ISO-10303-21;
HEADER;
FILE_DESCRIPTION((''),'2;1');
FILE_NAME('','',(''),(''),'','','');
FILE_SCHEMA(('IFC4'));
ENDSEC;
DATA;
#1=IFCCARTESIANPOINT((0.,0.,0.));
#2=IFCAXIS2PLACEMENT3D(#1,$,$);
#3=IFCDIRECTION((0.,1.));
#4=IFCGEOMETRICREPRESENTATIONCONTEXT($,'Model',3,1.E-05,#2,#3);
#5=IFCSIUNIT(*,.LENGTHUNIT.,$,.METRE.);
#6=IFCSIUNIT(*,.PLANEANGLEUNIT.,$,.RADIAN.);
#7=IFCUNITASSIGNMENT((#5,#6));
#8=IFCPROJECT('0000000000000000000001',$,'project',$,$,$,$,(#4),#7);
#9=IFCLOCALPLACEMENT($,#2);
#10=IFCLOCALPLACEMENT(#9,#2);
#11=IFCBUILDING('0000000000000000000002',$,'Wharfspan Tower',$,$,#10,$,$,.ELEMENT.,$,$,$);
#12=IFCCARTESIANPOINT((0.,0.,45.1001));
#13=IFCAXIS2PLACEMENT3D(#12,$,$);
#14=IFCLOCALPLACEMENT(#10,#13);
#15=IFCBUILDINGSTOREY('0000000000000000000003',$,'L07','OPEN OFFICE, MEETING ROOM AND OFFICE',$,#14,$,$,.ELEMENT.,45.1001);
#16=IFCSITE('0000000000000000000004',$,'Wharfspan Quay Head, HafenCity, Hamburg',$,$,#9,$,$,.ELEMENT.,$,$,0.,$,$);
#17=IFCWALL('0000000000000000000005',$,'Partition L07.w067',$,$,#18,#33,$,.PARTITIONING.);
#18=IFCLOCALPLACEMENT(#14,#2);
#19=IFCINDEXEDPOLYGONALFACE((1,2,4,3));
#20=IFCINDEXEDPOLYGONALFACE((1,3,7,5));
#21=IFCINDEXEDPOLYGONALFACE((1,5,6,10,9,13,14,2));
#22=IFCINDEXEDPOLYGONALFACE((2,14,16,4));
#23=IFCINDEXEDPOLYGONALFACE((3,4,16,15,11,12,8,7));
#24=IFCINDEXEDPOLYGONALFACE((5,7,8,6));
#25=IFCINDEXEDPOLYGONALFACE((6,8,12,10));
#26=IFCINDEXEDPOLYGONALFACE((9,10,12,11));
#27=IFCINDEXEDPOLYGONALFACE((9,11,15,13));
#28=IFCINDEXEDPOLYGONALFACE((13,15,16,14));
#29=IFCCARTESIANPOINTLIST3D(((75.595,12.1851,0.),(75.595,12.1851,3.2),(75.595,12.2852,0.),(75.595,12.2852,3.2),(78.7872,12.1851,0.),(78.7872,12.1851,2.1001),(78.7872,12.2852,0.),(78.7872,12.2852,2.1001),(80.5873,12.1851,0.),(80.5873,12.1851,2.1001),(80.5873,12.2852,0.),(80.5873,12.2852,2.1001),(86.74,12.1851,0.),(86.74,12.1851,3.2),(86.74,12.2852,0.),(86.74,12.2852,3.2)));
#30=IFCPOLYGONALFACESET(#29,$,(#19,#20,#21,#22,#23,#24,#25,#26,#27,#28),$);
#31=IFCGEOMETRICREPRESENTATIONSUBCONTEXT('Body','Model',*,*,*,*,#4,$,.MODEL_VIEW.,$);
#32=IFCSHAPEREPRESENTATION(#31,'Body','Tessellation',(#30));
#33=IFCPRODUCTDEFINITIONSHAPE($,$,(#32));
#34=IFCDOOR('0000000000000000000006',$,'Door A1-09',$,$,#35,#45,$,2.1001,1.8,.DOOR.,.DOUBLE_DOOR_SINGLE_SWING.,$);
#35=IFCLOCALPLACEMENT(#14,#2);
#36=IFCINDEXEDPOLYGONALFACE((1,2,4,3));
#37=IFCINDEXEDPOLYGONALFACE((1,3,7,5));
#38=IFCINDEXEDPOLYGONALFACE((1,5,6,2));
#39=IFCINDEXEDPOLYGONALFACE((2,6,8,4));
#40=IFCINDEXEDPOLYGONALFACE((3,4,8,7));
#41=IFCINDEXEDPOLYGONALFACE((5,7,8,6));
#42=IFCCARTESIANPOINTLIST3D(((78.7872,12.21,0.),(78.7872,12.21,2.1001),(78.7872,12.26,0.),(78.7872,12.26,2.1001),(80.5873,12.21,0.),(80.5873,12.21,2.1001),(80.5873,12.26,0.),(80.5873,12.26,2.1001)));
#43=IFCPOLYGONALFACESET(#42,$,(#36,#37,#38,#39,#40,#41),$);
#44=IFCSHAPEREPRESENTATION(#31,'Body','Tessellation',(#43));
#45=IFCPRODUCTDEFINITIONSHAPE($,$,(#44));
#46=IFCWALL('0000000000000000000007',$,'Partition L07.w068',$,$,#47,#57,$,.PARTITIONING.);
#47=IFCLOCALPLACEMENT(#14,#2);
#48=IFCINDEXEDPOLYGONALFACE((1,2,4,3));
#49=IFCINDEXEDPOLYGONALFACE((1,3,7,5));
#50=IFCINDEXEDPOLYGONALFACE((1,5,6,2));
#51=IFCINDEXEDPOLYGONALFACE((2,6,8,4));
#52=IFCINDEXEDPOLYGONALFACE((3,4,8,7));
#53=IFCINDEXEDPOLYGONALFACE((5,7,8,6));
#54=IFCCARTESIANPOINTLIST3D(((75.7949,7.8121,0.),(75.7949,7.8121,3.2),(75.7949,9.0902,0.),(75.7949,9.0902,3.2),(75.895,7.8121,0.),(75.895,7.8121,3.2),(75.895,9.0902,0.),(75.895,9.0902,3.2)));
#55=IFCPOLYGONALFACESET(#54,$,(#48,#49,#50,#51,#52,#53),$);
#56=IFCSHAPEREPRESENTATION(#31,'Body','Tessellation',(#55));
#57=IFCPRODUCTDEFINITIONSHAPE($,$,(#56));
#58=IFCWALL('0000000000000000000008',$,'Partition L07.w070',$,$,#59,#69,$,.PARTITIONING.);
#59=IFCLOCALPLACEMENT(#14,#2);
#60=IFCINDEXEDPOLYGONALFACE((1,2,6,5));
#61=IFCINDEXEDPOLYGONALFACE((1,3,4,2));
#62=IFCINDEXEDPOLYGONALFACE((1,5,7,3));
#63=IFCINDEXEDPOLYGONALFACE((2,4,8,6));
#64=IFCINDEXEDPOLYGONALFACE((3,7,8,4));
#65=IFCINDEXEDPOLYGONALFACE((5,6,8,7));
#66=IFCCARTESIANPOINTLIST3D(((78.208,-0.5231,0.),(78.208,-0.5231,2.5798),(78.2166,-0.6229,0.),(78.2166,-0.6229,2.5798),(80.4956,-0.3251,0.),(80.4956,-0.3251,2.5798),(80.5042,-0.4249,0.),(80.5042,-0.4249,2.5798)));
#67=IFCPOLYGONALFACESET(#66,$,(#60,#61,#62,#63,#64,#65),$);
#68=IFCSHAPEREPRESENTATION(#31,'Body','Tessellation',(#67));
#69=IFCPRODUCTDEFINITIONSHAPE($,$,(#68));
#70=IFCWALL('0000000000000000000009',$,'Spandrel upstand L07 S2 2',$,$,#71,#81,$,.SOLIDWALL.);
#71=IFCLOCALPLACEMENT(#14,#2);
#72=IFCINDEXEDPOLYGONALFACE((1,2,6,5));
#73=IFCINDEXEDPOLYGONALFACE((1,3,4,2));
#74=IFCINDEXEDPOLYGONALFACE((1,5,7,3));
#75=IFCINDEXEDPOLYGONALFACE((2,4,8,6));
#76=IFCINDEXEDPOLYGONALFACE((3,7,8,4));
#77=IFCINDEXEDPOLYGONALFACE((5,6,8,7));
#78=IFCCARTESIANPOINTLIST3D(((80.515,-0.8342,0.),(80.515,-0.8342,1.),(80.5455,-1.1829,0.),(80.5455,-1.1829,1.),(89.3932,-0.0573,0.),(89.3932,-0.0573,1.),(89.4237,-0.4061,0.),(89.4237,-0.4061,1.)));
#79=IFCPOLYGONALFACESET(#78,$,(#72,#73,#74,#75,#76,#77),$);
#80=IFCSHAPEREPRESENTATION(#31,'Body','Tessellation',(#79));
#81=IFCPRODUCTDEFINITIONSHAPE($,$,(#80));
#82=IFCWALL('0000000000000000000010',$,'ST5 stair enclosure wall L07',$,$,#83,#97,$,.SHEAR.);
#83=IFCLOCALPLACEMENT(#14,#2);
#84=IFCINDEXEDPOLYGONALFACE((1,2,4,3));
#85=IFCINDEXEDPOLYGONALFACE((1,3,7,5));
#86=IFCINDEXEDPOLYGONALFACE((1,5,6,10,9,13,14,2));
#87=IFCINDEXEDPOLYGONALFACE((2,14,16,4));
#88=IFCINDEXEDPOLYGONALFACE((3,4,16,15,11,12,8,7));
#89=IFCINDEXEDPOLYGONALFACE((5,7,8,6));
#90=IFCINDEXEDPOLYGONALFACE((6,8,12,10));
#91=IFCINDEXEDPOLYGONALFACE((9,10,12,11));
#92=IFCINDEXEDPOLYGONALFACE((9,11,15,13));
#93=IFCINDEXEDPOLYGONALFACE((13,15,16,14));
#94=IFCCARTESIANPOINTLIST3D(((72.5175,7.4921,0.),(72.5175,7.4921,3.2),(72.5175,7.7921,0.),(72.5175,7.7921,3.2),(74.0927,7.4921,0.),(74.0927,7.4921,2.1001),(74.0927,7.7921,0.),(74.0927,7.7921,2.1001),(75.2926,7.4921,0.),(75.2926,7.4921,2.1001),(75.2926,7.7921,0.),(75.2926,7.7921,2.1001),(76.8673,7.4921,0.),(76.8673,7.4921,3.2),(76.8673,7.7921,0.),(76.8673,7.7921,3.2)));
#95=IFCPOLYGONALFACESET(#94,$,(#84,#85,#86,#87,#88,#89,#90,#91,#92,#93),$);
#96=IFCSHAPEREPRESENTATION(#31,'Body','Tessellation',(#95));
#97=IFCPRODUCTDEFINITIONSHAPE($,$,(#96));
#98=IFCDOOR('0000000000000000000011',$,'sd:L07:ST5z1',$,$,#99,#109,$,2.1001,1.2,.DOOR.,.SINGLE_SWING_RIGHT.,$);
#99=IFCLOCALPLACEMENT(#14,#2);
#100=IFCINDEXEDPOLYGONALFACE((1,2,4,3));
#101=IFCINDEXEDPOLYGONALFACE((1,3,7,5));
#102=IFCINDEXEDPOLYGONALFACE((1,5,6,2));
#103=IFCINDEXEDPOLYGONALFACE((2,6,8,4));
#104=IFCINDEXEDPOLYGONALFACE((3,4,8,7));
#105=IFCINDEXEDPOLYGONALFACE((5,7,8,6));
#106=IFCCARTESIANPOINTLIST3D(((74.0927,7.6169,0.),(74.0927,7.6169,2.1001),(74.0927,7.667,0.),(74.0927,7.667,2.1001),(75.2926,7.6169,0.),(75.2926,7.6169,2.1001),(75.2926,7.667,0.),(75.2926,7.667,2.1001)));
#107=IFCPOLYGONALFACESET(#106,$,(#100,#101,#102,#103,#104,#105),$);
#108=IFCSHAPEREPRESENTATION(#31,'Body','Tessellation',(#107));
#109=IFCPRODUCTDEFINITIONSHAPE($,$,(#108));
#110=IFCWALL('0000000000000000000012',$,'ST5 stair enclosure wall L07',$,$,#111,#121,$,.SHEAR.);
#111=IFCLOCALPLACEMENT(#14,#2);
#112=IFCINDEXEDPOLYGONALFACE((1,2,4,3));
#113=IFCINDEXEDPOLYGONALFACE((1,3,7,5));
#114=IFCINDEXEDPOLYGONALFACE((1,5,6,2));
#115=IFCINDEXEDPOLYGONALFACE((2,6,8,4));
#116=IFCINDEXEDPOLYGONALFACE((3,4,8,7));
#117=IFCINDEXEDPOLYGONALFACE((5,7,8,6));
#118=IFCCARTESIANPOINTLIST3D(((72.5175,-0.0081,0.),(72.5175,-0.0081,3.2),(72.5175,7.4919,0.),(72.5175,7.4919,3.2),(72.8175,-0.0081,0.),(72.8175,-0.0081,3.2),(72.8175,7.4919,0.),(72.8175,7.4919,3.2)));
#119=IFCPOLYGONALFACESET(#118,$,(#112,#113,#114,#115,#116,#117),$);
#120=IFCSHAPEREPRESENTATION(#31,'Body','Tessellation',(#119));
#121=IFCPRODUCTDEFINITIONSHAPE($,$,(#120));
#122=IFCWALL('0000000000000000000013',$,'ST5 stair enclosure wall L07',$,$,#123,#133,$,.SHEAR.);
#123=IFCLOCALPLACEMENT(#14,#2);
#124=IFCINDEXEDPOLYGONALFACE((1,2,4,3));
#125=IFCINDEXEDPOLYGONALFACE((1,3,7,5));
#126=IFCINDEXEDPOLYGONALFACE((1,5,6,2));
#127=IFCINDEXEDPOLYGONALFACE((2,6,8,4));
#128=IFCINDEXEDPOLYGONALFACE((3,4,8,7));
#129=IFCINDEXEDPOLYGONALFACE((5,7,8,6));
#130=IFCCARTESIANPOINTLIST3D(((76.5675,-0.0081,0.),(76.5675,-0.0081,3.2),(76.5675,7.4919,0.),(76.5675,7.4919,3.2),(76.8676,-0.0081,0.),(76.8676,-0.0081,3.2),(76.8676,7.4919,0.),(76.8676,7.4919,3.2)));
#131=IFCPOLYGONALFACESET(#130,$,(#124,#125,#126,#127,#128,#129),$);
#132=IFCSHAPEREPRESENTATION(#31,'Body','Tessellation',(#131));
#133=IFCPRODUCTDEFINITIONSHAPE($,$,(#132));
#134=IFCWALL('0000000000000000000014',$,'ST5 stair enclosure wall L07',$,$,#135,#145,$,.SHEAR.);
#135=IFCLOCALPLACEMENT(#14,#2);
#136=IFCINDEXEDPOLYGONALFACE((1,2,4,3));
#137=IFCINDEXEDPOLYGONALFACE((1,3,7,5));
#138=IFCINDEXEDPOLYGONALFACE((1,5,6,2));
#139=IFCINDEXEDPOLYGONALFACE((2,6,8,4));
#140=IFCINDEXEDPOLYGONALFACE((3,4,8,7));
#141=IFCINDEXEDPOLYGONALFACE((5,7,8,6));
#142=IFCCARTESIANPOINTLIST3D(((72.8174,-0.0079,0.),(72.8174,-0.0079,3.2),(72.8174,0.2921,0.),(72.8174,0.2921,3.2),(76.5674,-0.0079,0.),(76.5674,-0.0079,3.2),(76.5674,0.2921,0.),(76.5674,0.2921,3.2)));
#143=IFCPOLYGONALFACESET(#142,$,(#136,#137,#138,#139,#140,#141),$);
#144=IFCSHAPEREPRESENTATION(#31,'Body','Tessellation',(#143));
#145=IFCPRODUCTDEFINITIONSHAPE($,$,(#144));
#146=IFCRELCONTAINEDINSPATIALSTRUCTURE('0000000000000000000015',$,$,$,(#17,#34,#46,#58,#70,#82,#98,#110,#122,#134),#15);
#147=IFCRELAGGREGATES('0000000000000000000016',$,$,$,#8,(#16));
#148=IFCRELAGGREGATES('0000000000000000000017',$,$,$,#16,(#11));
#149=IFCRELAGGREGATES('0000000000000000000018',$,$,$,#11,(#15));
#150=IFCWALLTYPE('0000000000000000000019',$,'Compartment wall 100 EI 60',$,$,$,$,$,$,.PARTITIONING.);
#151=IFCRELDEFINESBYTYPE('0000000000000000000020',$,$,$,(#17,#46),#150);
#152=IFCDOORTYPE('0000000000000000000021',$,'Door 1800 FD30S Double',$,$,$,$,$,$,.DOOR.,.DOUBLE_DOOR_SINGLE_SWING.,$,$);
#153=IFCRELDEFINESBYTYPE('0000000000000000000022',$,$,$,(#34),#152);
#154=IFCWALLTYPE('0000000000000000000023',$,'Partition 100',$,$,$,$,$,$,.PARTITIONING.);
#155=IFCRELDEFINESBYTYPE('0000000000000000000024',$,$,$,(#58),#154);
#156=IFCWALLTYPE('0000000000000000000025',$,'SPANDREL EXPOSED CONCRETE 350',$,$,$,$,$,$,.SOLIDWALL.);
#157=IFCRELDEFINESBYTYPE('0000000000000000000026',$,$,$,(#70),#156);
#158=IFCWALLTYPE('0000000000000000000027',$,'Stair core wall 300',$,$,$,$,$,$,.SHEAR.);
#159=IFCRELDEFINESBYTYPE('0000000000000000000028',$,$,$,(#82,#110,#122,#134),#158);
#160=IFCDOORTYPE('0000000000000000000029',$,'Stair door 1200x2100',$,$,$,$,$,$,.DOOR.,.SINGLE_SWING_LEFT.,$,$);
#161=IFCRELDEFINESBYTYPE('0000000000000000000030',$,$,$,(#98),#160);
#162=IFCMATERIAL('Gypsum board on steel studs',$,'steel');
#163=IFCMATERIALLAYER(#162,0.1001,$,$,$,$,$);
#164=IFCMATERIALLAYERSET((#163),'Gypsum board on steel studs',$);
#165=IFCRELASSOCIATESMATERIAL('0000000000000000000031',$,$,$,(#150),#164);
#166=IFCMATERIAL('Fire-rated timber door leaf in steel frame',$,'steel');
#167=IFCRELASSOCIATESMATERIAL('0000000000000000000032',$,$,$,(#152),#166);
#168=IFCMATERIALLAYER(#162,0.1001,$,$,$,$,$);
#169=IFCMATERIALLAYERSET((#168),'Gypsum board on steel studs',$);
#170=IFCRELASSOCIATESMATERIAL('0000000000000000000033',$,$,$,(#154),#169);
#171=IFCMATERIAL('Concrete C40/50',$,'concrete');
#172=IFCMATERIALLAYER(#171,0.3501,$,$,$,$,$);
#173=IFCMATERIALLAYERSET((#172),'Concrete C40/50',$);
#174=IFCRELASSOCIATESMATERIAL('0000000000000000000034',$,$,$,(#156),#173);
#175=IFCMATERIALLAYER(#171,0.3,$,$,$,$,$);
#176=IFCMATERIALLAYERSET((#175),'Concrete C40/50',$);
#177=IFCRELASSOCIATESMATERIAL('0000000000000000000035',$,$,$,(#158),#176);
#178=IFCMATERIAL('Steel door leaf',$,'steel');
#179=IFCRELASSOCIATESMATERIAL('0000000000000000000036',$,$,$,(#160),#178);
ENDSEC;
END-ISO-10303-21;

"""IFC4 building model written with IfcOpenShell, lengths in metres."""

from ifc_helpers import new_model, si_unit, direction, frame, frame_2d, origin, place, context, subcontext, project, spatial, rectangle, extrude, material, layer, layer_set, type_object, element, fill, save


model = new_model("IFC4")

# Units and contexts
model_context = context("Model", 3, precision=1e-05, world=origin(), true_north=direction((0.0, 1.0)))
body_context = subcontext(model_context, "Body", "Model", "MODEL_VIEW")
ifc_project = project(units=[si_unit("LENGTHUNIT", "METRE"), si_unit("PLANEANGLEUNIT", "RADIAN")], contexts=[model_context])

# Site, building, storey
site_placement = place(None, origin())
site = spatial("IfcSite", under=ifc_project, at=site_placement, Name="Wharfspan Quay Head, HafenCity, Hamburg", CompositionType="ELEMENT", RefElevation=0.0)
building_placement = place(site_placement, origin())
building = spatial("IfcBuilding", under=site, at=building_placement, Name="Wharfspan Tower", CompositionType="ELEMENT")
storey_placement = place(building_placement, frame((0.0, 0.0, 45.1001)))
storey = spatial("IfcBuildingStorey", under=building, at=storey_placement, Name="L07", Description="OPEN OFFICE, MEETING ROOM AND OFFICE", CompositionType="ELEMENT", Elevation=45.1001)

# Shared definitions
ifc_material_1 = material(Name="Gypsum board on steel studs", Category="steel")
ifc_layer_1 = layer(ifc_material_1, 0.1001)
ifc_layer_set_1 = layer_set([ifc_layer_1], Name="Gypsum board on steel studs")
wall_type_1 = type_object("IfcWallType", Name="Compartment wall 100 EI 60", PredefinedType="PARTITIONING", material=ifc_layer_set_1)
ifc_material_2 = material(Name="Fire-rated timber door leaf in steel frame", Category="steel")

# Wall, opening, door
wall_1_placement = place(storey_placement, frame((75.595, 12.2351, 0.0), z_axis=(0.0, 0.0, 1.0), x_axis=(1.0, 0.0, 0.0)))
wall_1 = element("IfcWall", 1, at=wall_1_placement, inside=storey, type_object=wall_type_1, Name="Partition L07.w067", PredefinedType="PARTITIONING", context=body_context, shape_type="SweptSolid", body=[
    extrude(rectangle(XDim=11.145, YDim=0.1001, at=frame_2d((5.5725, 0.0))), origin(), (0.0, 0.0, 1.0), 3.2),
])
opening_1_placement = place(wall_1_placement, frame((3.1924, 0.0, 0.0)))
opening_1 = element("IfcOpeningElement", 2, at=opening_1_placement, cuts=wall_1, PredefinedType="OPENING", context=body_context, shape_type="SweptSolid", body=[
    extrude(rectangle(XDim=1.8, YDim=2.1001, at=frame_2d((0.8999, 1.05))), frame((0.0, 0.0601, 0.0), z_axis=(0.0, -1.0, 0.0), x_axis=(1.0, 0.0, 0.0)), (0.0, 0.0, 1.0), 0.1201),
])
door_type_1 = type_object("IfcDoorType", Name="Door 1800 FD30S Double", OperationType="DOUBLE_DOOR_SINGLE_SWING", PredefinedType="DOOR", material=ifc_material_2)
door_1_placement = place(opening_1_placement, origin())
door_1 = element("IfcDoor", 3, at=door_1_placement, inside=storey, type_object=door_type_1, Name="Door A1-09", OperationType="DOUBLE_DOOR_SINGLE_SWING", OverallHeight=2.1001, OverallWidth=1.8, PredefinedType="DOOR", context=body_context, shape_type="SweptSolid", body=[
    extrude(rectangle(XDim=1.8, YDim=2.1001, at=frame_2d((0.8999, 1.05))), frame((0.0, 0.0249, 0.0), z_axis=(0.0, -1.0, 0.0), x_axis=(1.0, 0.0, 0.0)), (0.0, 0.0, 1.0), 0.05),
])
fill(opening_1, door_1)

# Walls
wall_2_placement = place(storey_placement, frame((75.845, 7.812, 0.0), z_axis=(0.0, 0.0, 1.0), x_axis=(0.0, 1.0, 0.0)))
element("IfcWall", 4, at=wall_2_placement, inside=storey, type_object=wall_type_1, Name="Partition L07.w068", PredefinedType="PARTITIONING", context=body_context, shape_type="SweptSolid", body=[
    extrude(rectangle(XDim=1.2781, YDim=0.1001, at=frame_2d((0.6392, 0.0))), origin(), (0.0, 0.0, 1.0), 3.2),
])
ifc_layer_2 = layer(ifc_material_1, 0.1001)
ifc_layer_set_2 = layer_set([ifc_layer_2], Name="Gypsum board on steel studs")
wall_type_2 = type_object("IfcWallType", Name="Partition 100", PredefinedType="PARTITIONING", material=ifc_layer_set_2)
wall_3_placement = place(storey_placement, frame((78.2124, -0.573, 0.0), z_axis=(0.0, 0.0, 1.0), x_axis=(0.996271, 0.08623, 0.0)))
element("IfcWall", 5, at=wall_3_placement, inside=storey, type_object=wall_type_2, Name="Partition L07.w070", PredefinedType="PARTITIONING", context=body_context, shape_type="SweptSolid", body=[
    extrude(rectangle(XDim=2.2961, YDim=0.1001, at=frame_2d((1.1479, 0.0))), origin(), (0.0, 0.0, 1.0), 2.5798),
])
ifc_material_3 = material(Name="Concrete C40/50", Category="concrete")
ifc_layer_3 = layer(ifc_material_3, 0.3501)
ifc_layer_set_3 = layer_set([ifc_layer_3], Name="Concrete C40/50")
wall_type_3 = type_object("IfcWallType", Name="SPANDREL EXPOSED CONCRETE 350", PredefinedType="SOLIDWALL", material=ifc_layer_set_3)
wall_4_placement = place(storey_placement, frame((80.5303, -1.0085, 0.0), z_axis=(0.0, 0.0, 1.0), x_axis=(0.996198, 0.087169, 0.0)))
element("IfcWall", 6, at=wall_4_placement, inside=storey, type_object=wall_type_3, Name="Spandrel upstand L07 S2 2", PredefinedType="SOLIDWALL", context=body_context, shape_type="SweptSolid", body=[
    extrude(rectangle(XDim=8.9121, YDim=0.3501, at=frame_2d((4.4561, 0.0))), origin(), (0.0, 0.0, 1.0), 1.0),
])

# Wall, opening, door
ifc_layer_4 = layer(ifc_material_3, 0.3)
ifc_layer_set_4 = layer_set([ifc_layer_4], Name="Concrete C40/50")
wall_type_4 = type_object("IfcWallType", Name="Stair core wall 300", PredefinedType="SHEAR", material=ifc_layer_set_4)
wall_5_placement = place(storey_placement, frame((72.5176, 7.6421, 0.0), z_axis=(0.0, 0.0, 1.0), x_axis=(1.0, 0.0, 0.0)))
wall_5 = element("IfcWall", 7, at=wall_5_placement, inside=storey, type_object=wall_type_4, Name="ST5 stair enclosure wall L07", PredefinedType="SHEAR", context=body_context, shape_type="SweptSolid", body=[
    extrude(rectangle(XDim=4.3499, YDim=0.3, at=frame_2d((2.1748, 0.0))), origin(), (0.0, 0.0, 1.0), 3.2),
])
opening_2_placement = place(wall_5_placement, frame((1.575, 0.0, 0.0)))
opening_2 = element("IfcOpeningElement", 8, at=opening_2_placement, cuts=wall_5, PredefinedType="OPENING", context=body_context, shape_type="SweptSolid", body=[
    extrude(rectangle(XDim=1.2, YDim=2.1001, at=frame_2d((0.6001, 1.05))), frame((0.0, 0.1599, 0.0), z_axis=(0.0, -1.0, 0.0), x_axis=(1.0, 0.0, 0.0)), (0.0, 0.0, 1.0), 0.3201),
])
ifc_material_4 = material(Name="Steel door leaf", Category="steel")
door_type_2 = type_object("IfcDoorType", Name="Stair door 1200x2100", OperationType="SINGLE_SWING_LEFT", PredefinedType="DOOR", material=ifc_material_4)
door_2_placement = place(opening_2_placement, origin())
door_2 = element("IfcDoor", 9, at=door_2_placement, inside=storey, type_object=door_type_2, Name="sd:L07:ST5z1", OperationType="SINGLE_SWING_RIGHT", OverallHeight=2.1001, OverallWidth=1.2, PredefinedType="DOOR", context=body_context, shape_type="SweptSolid", body=[
    extrude(rectangle(XDim=1.2, YDim=2.1001, at=frame_2d((0.6001, 1.05))), frame((0.0, 0.0249, 0.0), z_axis=(0.0, -1.0, 0.0), x_axis=(1.0, 0.0, 0.0)), (0.0, 0.0, 1.0), 0.05),
])
fill(opening_2, door_2)

# Walls
for number, where, z_axis, x_axis, name in (
    (10, (72.6675, -0.0081, 0.0), (0.0, 0.0, 1.0), (0.0, 1.0, 0.0), "ST5 stair enclosure wall L07"),
    (11, (76.7175, -0.0081, 0.0), (0.0, 0.0, 1.0), (0.0, 1.0, 0.0), "ST5 stair enclosure wall L07"),
):
    element("IfcWall", number, at=place(storey_placement, frame(where, z_axis=z_axis, x_axis=x_axis)), inside=storey, type_object=wall_type_4, Name=name, PredefinedType="SHEAR", context=body_context, shape_type="SweptSolid", body=[
        extrude(rectangle(XDim=7.5, YDim=0.3, at=frame_2d((3.75, 0.0))), origin(), (0.0, 0.0, 1.0), 3.2),
    ])
wall_6_placement = place(storey_placement, frame((72.8174, 0.1421, 0.0), z_axis=(0.0, 0.0, 1.0), x_axis=(1.0, 0.0, 0.0)))
element("IfcWall", 12, at=wall_6_placement, inside=storey, type_object=wall_type_4, Name="ST5 stair enclosure wall L07", PredefinedType="SHEAR", context=body_context, shape_type="SweptSolid", body=[
    extrude(rectangle(XDim=3.75, YDim=0.3, at=frame_2d((1.875, 0.0))), origin(), (0.0, 0.0, 1.0), 3.2),
])

save(model, "model.ifc")
